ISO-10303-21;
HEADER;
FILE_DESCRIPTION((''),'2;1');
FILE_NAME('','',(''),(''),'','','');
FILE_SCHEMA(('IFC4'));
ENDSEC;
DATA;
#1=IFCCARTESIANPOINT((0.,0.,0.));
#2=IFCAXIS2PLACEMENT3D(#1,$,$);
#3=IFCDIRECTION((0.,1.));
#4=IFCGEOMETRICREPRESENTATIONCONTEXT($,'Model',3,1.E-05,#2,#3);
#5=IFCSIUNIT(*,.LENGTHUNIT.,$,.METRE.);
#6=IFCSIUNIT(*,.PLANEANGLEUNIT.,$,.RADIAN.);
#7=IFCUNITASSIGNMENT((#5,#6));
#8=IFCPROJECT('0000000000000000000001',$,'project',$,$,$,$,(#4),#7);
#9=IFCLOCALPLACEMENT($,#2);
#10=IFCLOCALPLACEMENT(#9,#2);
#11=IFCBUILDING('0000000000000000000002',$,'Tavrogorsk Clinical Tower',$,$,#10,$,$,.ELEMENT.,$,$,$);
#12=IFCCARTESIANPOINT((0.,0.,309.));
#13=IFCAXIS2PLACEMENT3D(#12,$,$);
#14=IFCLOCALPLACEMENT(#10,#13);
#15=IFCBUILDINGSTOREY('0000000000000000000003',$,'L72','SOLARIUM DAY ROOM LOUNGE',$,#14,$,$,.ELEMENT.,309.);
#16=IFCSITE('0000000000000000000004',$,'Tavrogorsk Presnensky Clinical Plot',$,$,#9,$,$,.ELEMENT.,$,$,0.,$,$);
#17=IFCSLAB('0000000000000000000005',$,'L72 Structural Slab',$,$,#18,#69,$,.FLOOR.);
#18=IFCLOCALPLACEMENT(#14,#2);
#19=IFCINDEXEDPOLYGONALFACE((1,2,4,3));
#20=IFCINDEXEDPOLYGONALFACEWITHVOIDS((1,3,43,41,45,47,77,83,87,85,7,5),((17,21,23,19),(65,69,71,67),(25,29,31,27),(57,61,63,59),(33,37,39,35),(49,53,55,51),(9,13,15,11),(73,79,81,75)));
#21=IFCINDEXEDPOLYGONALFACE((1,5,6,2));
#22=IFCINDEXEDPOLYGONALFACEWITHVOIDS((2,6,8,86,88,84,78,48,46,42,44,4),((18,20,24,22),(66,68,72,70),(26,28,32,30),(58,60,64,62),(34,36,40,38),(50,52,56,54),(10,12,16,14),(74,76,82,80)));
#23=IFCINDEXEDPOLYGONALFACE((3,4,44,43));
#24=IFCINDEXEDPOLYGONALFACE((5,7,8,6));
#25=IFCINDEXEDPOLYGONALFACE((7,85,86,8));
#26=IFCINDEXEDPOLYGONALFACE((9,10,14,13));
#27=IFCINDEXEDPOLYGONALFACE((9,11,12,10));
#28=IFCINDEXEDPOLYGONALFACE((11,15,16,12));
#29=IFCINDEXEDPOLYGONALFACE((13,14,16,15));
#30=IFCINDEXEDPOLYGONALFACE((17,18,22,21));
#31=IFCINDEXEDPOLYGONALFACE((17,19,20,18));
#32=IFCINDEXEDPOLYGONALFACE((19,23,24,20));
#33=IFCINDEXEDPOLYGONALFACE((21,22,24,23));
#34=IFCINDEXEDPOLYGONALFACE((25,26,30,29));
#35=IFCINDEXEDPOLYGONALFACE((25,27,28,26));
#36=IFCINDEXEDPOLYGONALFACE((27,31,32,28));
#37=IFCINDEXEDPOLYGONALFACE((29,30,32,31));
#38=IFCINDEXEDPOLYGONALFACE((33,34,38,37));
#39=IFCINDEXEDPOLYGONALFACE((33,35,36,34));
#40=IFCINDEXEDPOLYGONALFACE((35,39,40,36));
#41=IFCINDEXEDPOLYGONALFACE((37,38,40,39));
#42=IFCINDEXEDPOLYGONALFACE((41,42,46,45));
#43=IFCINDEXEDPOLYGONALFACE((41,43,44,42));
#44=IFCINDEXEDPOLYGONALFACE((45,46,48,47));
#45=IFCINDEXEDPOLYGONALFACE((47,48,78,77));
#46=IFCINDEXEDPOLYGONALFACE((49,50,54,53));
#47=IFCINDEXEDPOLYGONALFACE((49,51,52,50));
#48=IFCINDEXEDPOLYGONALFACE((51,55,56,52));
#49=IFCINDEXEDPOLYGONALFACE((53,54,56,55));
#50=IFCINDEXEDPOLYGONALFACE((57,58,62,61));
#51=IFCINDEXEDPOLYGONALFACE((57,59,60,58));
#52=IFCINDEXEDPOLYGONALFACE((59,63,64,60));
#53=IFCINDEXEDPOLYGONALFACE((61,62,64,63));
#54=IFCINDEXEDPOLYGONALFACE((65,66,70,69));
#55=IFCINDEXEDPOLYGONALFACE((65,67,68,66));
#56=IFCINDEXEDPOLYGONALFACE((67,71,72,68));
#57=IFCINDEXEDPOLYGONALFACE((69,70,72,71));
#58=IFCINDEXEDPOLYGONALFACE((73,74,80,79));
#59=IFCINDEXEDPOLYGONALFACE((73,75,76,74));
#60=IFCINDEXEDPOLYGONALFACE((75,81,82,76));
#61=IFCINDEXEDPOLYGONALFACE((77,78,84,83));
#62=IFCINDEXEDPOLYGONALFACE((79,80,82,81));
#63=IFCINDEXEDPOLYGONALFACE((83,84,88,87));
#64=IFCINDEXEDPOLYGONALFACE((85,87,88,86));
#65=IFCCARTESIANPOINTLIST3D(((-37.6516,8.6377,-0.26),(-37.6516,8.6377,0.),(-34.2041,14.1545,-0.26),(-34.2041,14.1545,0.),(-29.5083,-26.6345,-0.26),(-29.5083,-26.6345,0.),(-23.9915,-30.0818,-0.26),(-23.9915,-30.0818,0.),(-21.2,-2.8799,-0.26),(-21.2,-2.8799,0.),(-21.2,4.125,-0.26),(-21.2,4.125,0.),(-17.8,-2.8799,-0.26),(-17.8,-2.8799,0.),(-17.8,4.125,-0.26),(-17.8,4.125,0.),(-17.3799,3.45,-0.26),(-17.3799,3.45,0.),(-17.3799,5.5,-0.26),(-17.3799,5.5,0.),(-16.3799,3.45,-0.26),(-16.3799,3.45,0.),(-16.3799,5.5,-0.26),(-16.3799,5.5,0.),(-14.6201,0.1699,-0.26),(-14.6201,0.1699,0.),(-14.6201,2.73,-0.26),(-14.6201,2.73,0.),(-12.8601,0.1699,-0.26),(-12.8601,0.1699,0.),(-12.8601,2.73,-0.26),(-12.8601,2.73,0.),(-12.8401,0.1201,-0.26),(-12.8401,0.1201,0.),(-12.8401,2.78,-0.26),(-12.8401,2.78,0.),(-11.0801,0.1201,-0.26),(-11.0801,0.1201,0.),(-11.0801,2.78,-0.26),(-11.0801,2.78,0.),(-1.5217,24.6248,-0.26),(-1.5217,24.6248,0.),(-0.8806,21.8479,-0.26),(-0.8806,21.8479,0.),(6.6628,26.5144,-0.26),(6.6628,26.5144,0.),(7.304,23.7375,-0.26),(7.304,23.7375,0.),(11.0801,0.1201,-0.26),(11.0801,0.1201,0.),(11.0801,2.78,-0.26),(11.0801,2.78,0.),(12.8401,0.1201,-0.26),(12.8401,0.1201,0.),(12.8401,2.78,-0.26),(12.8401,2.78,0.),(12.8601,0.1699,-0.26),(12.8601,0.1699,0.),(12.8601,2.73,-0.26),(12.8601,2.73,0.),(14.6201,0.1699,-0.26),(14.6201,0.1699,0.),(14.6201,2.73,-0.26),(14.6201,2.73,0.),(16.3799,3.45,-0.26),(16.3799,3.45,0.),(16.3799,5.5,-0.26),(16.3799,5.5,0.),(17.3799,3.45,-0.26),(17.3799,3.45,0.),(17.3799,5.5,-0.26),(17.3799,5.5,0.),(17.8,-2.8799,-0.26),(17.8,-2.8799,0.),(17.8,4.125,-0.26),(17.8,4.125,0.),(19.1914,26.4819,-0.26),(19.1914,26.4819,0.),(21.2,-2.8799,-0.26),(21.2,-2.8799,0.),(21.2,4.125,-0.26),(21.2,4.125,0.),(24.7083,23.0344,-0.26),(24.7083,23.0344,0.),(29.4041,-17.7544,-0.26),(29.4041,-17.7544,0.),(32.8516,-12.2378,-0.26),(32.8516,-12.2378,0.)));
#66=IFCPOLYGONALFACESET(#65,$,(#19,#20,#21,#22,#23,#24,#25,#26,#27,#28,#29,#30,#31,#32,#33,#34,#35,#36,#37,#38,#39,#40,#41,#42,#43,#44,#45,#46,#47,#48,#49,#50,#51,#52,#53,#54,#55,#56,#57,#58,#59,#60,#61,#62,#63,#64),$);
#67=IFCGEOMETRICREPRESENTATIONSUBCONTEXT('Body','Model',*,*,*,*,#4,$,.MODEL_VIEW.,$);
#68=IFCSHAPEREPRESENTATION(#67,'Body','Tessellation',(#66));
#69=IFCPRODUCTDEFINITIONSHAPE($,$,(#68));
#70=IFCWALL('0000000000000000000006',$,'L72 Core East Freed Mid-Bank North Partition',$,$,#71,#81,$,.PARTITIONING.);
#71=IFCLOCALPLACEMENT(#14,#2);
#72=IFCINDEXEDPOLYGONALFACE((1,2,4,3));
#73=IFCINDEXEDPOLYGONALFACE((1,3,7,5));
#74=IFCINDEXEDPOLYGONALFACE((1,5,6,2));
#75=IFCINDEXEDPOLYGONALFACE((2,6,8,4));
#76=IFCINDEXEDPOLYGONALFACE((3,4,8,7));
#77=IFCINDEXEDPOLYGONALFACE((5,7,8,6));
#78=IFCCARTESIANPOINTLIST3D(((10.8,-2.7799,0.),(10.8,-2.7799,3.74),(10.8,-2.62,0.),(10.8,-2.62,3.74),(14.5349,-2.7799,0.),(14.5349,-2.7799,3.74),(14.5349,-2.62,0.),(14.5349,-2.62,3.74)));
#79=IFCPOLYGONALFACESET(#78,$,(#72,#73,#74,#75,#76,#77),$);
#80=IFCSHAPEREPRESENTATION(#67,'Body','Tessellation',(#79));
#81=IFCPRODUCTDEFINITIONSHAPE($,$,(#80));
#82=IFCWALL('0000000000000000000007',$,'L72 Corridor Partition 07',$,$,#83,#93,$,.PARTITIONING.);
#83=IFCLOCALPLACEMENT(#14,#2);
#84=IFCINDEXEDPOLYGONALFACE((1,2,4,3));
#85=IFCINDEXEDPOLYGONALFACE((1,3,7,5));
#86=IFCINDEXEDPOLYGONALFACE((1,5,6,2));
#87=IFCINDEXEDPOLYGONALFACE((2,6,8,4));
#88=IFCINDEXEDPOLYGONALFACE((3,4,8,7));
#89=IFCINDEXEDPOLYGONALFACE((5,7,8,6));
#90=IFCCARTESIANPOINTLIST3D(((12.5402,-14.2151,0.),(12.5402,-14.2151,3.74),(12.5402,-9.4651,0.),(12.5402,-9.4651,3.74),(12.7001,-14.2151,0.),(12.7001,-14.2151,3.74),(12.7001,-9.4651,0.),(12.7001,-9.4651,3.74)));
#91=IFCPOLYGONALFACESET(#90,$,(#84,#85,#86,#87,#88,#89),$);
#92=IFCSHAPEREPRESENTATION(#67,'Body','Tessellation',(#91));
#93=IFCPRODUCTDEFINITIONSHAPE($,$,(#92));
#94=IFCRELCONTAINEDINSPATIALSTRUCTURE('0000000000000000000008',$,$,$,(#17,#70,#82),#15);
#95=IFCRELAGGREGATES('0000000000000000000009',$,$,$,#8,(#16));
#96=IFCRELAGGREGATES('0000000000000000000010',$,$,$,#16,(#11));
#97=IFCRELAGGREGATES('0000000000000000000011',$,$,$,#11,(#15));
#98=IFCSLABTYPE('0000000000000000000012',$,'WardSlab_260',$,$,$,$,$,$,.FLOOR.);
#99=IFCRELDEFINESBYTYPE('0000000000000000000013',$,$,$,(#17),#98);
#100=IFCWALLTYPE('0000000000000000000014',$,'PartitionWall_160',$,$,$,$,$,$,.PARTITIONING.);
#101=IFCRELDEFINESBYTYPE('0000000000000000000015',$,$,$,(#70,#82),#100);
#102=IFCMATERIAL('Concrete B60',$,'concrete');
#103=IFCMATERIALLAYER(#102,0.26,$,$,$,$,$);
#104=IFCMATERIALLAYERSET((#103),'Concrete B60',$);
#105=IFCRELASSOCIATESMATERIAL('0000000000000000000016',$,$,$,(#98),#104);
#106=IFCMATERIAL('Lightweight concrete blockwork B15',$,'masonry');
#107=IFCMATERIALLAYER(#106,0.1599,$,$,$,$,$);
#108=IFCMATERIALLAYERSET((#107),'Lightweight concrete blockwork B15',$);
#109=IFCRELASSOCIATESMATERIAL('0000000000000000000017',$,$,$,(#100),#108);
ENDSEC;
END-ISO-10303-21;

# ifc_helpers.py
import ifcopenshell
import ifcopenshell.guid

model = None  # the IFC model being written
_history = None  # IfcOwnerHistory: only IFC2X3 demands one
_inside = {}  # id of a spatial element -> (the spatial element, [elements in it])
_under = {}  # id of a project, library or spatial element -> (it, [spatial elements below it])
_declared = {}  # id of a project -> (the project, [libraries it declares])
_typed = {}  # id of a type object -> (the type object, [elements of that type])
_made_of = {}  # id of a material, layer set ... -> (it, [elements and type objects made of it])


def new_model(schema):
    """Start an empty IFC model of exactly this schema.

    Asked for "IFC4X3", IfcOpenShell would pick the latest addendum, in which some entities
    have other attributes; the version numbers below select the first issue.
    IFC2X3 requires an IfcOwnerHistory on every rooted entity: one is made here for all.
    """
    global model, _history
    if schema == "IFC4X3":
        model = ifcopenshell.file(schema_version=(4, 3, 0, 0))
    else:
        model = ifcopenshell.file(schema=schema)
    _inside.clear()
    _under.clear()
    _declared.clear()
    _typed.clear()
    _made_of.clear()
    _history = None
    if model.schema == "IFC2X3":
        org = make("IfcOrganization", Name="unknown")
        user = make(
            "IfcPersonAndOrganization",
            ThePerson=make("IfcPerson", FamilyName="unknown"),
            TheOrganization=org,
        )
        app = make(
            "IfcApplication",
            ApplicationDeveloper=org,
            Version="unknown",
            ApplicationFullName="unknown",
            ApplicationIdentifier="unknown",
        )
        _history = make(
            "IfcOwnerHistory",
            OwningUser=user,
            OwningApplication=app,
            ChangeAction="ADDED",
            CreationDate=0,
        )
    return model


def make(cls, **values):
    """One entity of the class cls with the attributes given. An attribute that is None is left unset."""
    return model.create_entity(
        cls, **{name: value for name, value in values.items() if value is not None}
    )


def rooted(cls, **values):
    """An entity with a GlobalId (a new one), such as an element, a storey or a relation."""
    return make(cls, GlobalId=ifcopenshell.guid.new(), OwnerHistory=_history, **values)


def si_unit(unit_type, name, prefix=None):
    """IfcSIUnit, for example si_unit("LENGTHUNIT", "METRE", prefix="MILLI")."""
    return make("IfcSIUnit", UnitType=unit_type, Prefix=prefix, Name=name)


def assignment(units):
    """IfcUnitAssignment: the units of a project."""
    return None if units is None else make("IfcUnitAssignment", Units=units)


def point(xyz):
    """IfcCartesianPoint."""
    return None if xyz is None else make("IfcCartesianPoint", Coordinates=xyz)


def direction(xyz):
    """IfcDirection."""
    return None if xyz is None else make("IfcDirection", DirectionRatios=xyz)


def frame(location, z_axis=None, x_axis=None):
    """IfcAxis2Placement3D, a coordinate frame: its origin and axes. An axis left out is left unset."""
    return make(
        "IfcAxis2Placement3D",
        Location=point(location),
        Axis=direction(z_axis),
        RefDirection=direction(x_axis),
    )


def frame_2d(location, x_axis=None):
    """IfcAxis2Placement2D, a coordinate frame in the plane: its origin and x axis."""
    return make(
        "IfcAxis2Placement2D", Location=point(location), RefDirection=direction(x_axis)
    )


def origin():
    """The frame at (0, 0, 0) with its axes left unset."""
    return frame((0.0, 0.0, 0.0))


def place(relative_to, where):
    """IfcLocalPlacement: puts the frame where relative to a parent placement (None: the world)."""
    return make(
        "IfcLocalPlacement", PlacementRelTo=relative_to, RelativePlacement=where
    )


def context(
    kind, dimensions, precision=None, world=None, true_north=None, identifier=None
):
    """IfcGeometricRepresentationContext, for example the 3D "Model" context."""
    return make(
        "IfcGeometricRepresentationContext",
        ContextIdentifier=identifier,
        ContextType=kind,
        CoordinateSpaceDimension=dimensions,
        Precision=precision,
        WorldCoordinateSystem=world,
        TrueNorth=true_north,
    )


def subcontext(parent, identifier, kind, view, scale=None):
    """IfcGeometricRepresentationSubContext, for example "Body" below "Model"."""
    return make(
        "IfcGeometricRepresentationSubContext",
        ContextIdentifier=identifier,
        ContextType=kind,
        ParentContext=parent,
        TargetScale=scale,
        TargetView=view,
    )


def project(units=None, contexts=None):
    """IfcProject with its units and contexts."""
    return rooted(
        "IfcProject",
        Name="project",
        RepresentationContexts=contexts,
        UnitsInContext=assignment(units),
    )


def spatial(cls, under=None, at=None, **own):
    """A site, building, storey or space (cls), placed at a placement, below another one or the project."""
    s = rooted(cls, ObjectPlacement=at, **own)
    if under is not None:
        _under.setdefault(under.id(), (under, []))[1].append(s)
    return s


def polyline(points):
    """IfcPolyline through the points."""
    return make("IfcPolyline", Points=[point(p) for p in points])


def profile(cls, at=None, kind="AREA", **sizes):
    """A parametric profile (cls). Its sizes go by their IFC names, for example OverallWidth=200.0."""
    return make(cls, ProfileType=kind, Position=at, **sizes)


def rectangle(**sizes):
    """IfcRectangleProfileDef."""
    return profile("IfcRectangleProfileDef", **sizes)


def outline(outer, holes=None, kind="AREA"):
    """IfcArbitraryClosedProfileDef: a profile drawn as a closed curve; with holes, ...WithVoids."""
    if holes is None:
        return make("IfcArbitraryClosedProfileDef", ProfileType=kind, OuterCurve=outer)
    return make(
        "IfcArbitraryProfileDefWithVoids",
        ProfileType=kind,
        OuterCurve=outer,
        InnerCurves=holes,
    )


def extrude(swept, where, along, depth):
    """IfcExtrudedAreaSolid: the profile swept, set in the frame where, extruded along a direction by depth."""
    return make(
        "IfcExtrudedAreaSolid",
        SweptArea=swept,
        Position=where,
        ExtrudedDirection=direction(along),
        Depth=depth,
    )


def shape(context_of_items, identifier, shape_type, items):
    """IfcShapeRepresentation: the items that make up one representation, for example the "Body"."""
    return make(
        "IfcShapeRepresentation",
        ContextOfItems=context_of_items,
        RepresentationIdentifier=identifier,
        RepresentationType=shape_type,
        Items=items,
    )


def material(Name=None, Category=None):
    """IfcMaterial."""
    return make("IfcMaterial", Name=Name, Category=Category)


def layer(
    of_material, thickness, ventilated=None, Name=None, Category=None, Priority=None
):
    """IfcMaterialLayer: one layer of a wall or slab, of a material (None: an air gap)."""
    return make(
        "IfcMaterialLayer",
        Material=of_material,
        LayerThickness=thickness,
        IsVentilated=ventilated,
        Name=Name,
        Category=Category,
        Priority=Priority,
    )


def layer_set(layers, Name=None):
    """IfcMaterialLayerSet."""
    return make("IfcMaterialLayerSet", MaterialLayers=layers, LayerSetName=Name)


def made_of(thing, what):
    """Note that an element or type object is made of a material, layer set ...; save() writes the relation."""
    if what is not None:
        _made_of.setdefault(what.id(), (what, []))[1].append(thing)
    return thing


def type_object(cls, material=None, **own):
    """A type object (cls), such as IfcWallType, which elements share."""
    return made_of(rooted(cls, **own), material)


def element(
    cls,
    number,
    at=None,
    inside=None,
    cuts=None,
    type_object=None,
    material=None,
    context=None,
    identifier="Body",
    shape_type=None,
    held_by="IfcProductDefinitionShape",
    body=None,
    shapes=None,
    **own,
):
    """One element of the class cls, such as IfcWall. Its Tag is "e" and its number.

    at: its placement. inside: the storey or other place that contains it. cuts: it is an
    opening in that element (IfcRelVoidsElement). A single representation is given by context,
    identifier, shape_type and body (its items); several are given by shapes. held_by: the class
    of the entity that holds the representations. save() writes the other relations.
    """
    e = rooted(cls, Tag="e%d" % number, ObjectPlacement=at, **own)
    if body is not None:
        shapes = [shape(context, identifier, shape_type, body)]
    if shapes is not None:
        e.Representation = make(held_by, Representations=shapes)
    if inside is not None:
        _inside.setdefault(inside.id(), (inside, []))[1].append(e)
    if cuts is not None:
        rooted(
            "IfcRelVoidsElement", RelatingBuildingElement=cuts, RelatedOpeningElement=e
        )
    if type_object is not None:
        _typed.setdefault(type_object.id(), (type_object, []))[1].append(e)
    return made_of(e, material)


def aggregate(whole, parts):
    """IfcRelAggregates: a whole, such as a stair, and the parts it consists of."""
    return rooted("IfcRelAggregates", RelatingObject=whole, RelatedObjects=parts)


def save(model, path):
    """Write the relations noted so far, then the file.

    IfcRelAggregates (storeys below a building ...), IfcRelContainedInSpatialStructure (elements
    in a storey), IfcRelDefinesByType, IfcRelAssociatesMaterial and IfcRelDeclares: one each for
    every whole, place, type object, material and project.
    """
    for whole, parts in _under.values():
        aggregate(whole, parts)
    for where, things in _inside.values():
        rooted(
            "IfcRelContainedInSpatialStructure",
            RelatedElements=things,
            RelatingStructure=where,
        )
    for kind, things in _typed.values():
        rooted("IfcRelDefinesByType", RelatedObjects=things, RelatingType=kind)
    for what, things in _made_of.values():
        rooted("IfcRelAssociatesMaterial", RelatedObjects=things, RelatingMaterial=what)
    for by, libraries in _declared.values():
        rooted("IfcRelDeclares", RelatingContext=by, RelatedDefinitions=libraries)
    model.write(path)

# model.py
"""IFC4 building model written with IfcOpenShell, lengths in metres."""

from ifc_helpers import new_model, si_unit, direction, frame, frame_2d, origin, place, context, subcontext, project, spatial, polyline, rectangle, outline, extrude, material, layer, layer_set, type_object, element, save


model = new_model("IFC4")

# Units and contexts
model_context = context("Model", 3, precision=1e-05, world=origin(), true_north=direction((0.0, 1.0)))
body_context = subcontext(model_context, "Body", "Model", "MODEL_VIEW")
ifc_project = project(units=[si_unit("LENGTHUNIT", "METRE"), si_unit("PLANEANGLEUNIT", "RADIAN")], contexts=[model_context])

# Site, building, storey
site_placement = place(None, origin())
site = spatial("IfcSite", under=ifc_project, at=site_placement, Name="Tavrogorsk Presnensky Clinical Plot", CompositionType="ELEMENT", RefElevation=0.0)
building_placement = place(site_placement, origin())
building = spatial("IfcBuilding", under=site, at=building_placement, Name="Tavrogorsk Clinical Tower", CompositionType="ELEMENT")
storey_placement = place(building_placement, frame((0.0, 0.0, 309.0)))
storey = spatial("IfcBuildingStorey", under=building, at=storey_placement, Name="L72", Description="SOLARIUM DAY ROOM LOUNGE", CompositionType="ELEMENT", Elevation=309.0)

# Slab
ifc_material_1 = material(Name="Concrete B60", Category="concrete")
ifc_layer_1 = layer(ifc_material_1, 0.26)
ifc_layer_set_1 = layer_set([ifc_layer_1], Name="Concrete B60")
slab_type_1 = type_object("IfcSlabType", Name="WardSlab_260", PredefinedType="FLOOR", material=ifc_layer_set_1)
slab_1_placement = place(storey_placement, frame((0.0, 0.0, -0.26)))
element("IfcSlab", 1, at=slab_1_placement, inside=storey, type_object=slab_type_1, Name="L72 Structural Slab", PredefinedType="FLOOR", context=body_context, shape_type="SweptSolid", body=[
    extrude(outline(polyline([(19.1914, 26.4819), (24.7083, 23.0344), (32.8516, -12.2378), (29.4041, -17.7544), (-23.9915, -30.0818), (-29.5083, -26.6345), (-37.6516, 8.6377), (-34.2041, 14.1545), (-0.8806, 21.8479), (-1.5217, 24.6248), (6.6628, 26.5144), (7.304, 23.7375), (19.1914, 26.4819)]), holes=[polyline([(-17.8, -2.8799), (-17.8, 4.125), (-21.2, 4.125), (-21.2, -2.8799), (-17.8, -2.8799)]), polyline([(21.2, -2.8799), (21.2, 4.125), (17.8, 4.125), (17.8, -2.8799), (21.2, -2.8799)]), polyline([(-14.6201, 0.1699), (-12.8601, 0.1699), (-12.8601, 2.73), (-14.6201, 2.73), (-14.6201, 0.1699)]), polyline([(-12.8401, 0.1201), (-11.0801, 0.1201), (-11.0801, 2.78), (-12.8401, 2.78), (-12.8401, 0.1201)]), polyline([(12.8601, 0.1699), (14.6201, 0.1699), (14.6201, 2.73), (12.8601, 2.73), (12.8601, 0.1699)]), polyline([(11.0801, 0.1201), (12.8401, 0.1201), (12.8401, 2.78), (11.0801, 2.78), (11.0801, 0.1201)]), polyline([(-17.3799, 3.45), (-16.3799, 3.45), (-16.3799, 5.5), (-17.3799, 5.5), (-17.3799, 3.45)]), polyline([(16.3799, 3.45), (17.3799, 3.45), (17.3799, 5.5), (16.3799, 5.5), (16.3799, 3.45)])]), origin(), (0.0, 0.0, 1.0), 0.26),
])

# Walls
ifc_material_2 = material(Name="Lightweight concrete blockwork B15", Category="masonry")
ifc_layer_2 = layer(ifc_material_2, 0.1599)
ifc_layer_set_2 = layer_set([ifc_layer_2], Name="Lightweight concrete blockwork B15")
wall_type_1 = type_object("IfcWallType", Name="PartitionWall_160", PredefinedType="PARTITIONING", material=ifc_layer_set_2)
wall_1_placement = place(storey_placement, frame((10.8, -2.7, 0.0), z_axis=(0.0, 0.0, 1.0), x_axis=(1.0, 0.0, 0.0)))
element("IfcWall", 2, at=wall_1_placement, inside=storey, type_object=wall_type_1, Name="L72 Core East Freed Mid-Bank North Partition", PredefinedType="PARTITIONING", context=body_context, shape_type="SweptSolid", body=[
    extrude(rectangle(XDim=3.7349, YDim=0.1599, at=frame_2d((1.8674, 0.0))), origin(), (0.0, 0.0, 1.0), 3.74),
])
wall_2_placement = place(storey_placement, frame((12.6201, -14.2151, 0.0), z_axis=(0.0, 0.0, 1.0), x_axis=(0.0, 1.0, 0.0)))
element("IfcWall", 3, at=wall_2_placement, inside=storey, type_object=wall_type_1, Name="L72 Corridor Partition 07", PredefinedType="PARTITIONING", context=body_context, shape_type="SweptSolid", body=[
    extrude(rectangle(XDim=4.75, YDim=0.1599, at=frame_2d((2.375, 0.0))), origin(), (0.0, 0.0, 1.0), 3.74),
])

save(model, "model.ifc")
